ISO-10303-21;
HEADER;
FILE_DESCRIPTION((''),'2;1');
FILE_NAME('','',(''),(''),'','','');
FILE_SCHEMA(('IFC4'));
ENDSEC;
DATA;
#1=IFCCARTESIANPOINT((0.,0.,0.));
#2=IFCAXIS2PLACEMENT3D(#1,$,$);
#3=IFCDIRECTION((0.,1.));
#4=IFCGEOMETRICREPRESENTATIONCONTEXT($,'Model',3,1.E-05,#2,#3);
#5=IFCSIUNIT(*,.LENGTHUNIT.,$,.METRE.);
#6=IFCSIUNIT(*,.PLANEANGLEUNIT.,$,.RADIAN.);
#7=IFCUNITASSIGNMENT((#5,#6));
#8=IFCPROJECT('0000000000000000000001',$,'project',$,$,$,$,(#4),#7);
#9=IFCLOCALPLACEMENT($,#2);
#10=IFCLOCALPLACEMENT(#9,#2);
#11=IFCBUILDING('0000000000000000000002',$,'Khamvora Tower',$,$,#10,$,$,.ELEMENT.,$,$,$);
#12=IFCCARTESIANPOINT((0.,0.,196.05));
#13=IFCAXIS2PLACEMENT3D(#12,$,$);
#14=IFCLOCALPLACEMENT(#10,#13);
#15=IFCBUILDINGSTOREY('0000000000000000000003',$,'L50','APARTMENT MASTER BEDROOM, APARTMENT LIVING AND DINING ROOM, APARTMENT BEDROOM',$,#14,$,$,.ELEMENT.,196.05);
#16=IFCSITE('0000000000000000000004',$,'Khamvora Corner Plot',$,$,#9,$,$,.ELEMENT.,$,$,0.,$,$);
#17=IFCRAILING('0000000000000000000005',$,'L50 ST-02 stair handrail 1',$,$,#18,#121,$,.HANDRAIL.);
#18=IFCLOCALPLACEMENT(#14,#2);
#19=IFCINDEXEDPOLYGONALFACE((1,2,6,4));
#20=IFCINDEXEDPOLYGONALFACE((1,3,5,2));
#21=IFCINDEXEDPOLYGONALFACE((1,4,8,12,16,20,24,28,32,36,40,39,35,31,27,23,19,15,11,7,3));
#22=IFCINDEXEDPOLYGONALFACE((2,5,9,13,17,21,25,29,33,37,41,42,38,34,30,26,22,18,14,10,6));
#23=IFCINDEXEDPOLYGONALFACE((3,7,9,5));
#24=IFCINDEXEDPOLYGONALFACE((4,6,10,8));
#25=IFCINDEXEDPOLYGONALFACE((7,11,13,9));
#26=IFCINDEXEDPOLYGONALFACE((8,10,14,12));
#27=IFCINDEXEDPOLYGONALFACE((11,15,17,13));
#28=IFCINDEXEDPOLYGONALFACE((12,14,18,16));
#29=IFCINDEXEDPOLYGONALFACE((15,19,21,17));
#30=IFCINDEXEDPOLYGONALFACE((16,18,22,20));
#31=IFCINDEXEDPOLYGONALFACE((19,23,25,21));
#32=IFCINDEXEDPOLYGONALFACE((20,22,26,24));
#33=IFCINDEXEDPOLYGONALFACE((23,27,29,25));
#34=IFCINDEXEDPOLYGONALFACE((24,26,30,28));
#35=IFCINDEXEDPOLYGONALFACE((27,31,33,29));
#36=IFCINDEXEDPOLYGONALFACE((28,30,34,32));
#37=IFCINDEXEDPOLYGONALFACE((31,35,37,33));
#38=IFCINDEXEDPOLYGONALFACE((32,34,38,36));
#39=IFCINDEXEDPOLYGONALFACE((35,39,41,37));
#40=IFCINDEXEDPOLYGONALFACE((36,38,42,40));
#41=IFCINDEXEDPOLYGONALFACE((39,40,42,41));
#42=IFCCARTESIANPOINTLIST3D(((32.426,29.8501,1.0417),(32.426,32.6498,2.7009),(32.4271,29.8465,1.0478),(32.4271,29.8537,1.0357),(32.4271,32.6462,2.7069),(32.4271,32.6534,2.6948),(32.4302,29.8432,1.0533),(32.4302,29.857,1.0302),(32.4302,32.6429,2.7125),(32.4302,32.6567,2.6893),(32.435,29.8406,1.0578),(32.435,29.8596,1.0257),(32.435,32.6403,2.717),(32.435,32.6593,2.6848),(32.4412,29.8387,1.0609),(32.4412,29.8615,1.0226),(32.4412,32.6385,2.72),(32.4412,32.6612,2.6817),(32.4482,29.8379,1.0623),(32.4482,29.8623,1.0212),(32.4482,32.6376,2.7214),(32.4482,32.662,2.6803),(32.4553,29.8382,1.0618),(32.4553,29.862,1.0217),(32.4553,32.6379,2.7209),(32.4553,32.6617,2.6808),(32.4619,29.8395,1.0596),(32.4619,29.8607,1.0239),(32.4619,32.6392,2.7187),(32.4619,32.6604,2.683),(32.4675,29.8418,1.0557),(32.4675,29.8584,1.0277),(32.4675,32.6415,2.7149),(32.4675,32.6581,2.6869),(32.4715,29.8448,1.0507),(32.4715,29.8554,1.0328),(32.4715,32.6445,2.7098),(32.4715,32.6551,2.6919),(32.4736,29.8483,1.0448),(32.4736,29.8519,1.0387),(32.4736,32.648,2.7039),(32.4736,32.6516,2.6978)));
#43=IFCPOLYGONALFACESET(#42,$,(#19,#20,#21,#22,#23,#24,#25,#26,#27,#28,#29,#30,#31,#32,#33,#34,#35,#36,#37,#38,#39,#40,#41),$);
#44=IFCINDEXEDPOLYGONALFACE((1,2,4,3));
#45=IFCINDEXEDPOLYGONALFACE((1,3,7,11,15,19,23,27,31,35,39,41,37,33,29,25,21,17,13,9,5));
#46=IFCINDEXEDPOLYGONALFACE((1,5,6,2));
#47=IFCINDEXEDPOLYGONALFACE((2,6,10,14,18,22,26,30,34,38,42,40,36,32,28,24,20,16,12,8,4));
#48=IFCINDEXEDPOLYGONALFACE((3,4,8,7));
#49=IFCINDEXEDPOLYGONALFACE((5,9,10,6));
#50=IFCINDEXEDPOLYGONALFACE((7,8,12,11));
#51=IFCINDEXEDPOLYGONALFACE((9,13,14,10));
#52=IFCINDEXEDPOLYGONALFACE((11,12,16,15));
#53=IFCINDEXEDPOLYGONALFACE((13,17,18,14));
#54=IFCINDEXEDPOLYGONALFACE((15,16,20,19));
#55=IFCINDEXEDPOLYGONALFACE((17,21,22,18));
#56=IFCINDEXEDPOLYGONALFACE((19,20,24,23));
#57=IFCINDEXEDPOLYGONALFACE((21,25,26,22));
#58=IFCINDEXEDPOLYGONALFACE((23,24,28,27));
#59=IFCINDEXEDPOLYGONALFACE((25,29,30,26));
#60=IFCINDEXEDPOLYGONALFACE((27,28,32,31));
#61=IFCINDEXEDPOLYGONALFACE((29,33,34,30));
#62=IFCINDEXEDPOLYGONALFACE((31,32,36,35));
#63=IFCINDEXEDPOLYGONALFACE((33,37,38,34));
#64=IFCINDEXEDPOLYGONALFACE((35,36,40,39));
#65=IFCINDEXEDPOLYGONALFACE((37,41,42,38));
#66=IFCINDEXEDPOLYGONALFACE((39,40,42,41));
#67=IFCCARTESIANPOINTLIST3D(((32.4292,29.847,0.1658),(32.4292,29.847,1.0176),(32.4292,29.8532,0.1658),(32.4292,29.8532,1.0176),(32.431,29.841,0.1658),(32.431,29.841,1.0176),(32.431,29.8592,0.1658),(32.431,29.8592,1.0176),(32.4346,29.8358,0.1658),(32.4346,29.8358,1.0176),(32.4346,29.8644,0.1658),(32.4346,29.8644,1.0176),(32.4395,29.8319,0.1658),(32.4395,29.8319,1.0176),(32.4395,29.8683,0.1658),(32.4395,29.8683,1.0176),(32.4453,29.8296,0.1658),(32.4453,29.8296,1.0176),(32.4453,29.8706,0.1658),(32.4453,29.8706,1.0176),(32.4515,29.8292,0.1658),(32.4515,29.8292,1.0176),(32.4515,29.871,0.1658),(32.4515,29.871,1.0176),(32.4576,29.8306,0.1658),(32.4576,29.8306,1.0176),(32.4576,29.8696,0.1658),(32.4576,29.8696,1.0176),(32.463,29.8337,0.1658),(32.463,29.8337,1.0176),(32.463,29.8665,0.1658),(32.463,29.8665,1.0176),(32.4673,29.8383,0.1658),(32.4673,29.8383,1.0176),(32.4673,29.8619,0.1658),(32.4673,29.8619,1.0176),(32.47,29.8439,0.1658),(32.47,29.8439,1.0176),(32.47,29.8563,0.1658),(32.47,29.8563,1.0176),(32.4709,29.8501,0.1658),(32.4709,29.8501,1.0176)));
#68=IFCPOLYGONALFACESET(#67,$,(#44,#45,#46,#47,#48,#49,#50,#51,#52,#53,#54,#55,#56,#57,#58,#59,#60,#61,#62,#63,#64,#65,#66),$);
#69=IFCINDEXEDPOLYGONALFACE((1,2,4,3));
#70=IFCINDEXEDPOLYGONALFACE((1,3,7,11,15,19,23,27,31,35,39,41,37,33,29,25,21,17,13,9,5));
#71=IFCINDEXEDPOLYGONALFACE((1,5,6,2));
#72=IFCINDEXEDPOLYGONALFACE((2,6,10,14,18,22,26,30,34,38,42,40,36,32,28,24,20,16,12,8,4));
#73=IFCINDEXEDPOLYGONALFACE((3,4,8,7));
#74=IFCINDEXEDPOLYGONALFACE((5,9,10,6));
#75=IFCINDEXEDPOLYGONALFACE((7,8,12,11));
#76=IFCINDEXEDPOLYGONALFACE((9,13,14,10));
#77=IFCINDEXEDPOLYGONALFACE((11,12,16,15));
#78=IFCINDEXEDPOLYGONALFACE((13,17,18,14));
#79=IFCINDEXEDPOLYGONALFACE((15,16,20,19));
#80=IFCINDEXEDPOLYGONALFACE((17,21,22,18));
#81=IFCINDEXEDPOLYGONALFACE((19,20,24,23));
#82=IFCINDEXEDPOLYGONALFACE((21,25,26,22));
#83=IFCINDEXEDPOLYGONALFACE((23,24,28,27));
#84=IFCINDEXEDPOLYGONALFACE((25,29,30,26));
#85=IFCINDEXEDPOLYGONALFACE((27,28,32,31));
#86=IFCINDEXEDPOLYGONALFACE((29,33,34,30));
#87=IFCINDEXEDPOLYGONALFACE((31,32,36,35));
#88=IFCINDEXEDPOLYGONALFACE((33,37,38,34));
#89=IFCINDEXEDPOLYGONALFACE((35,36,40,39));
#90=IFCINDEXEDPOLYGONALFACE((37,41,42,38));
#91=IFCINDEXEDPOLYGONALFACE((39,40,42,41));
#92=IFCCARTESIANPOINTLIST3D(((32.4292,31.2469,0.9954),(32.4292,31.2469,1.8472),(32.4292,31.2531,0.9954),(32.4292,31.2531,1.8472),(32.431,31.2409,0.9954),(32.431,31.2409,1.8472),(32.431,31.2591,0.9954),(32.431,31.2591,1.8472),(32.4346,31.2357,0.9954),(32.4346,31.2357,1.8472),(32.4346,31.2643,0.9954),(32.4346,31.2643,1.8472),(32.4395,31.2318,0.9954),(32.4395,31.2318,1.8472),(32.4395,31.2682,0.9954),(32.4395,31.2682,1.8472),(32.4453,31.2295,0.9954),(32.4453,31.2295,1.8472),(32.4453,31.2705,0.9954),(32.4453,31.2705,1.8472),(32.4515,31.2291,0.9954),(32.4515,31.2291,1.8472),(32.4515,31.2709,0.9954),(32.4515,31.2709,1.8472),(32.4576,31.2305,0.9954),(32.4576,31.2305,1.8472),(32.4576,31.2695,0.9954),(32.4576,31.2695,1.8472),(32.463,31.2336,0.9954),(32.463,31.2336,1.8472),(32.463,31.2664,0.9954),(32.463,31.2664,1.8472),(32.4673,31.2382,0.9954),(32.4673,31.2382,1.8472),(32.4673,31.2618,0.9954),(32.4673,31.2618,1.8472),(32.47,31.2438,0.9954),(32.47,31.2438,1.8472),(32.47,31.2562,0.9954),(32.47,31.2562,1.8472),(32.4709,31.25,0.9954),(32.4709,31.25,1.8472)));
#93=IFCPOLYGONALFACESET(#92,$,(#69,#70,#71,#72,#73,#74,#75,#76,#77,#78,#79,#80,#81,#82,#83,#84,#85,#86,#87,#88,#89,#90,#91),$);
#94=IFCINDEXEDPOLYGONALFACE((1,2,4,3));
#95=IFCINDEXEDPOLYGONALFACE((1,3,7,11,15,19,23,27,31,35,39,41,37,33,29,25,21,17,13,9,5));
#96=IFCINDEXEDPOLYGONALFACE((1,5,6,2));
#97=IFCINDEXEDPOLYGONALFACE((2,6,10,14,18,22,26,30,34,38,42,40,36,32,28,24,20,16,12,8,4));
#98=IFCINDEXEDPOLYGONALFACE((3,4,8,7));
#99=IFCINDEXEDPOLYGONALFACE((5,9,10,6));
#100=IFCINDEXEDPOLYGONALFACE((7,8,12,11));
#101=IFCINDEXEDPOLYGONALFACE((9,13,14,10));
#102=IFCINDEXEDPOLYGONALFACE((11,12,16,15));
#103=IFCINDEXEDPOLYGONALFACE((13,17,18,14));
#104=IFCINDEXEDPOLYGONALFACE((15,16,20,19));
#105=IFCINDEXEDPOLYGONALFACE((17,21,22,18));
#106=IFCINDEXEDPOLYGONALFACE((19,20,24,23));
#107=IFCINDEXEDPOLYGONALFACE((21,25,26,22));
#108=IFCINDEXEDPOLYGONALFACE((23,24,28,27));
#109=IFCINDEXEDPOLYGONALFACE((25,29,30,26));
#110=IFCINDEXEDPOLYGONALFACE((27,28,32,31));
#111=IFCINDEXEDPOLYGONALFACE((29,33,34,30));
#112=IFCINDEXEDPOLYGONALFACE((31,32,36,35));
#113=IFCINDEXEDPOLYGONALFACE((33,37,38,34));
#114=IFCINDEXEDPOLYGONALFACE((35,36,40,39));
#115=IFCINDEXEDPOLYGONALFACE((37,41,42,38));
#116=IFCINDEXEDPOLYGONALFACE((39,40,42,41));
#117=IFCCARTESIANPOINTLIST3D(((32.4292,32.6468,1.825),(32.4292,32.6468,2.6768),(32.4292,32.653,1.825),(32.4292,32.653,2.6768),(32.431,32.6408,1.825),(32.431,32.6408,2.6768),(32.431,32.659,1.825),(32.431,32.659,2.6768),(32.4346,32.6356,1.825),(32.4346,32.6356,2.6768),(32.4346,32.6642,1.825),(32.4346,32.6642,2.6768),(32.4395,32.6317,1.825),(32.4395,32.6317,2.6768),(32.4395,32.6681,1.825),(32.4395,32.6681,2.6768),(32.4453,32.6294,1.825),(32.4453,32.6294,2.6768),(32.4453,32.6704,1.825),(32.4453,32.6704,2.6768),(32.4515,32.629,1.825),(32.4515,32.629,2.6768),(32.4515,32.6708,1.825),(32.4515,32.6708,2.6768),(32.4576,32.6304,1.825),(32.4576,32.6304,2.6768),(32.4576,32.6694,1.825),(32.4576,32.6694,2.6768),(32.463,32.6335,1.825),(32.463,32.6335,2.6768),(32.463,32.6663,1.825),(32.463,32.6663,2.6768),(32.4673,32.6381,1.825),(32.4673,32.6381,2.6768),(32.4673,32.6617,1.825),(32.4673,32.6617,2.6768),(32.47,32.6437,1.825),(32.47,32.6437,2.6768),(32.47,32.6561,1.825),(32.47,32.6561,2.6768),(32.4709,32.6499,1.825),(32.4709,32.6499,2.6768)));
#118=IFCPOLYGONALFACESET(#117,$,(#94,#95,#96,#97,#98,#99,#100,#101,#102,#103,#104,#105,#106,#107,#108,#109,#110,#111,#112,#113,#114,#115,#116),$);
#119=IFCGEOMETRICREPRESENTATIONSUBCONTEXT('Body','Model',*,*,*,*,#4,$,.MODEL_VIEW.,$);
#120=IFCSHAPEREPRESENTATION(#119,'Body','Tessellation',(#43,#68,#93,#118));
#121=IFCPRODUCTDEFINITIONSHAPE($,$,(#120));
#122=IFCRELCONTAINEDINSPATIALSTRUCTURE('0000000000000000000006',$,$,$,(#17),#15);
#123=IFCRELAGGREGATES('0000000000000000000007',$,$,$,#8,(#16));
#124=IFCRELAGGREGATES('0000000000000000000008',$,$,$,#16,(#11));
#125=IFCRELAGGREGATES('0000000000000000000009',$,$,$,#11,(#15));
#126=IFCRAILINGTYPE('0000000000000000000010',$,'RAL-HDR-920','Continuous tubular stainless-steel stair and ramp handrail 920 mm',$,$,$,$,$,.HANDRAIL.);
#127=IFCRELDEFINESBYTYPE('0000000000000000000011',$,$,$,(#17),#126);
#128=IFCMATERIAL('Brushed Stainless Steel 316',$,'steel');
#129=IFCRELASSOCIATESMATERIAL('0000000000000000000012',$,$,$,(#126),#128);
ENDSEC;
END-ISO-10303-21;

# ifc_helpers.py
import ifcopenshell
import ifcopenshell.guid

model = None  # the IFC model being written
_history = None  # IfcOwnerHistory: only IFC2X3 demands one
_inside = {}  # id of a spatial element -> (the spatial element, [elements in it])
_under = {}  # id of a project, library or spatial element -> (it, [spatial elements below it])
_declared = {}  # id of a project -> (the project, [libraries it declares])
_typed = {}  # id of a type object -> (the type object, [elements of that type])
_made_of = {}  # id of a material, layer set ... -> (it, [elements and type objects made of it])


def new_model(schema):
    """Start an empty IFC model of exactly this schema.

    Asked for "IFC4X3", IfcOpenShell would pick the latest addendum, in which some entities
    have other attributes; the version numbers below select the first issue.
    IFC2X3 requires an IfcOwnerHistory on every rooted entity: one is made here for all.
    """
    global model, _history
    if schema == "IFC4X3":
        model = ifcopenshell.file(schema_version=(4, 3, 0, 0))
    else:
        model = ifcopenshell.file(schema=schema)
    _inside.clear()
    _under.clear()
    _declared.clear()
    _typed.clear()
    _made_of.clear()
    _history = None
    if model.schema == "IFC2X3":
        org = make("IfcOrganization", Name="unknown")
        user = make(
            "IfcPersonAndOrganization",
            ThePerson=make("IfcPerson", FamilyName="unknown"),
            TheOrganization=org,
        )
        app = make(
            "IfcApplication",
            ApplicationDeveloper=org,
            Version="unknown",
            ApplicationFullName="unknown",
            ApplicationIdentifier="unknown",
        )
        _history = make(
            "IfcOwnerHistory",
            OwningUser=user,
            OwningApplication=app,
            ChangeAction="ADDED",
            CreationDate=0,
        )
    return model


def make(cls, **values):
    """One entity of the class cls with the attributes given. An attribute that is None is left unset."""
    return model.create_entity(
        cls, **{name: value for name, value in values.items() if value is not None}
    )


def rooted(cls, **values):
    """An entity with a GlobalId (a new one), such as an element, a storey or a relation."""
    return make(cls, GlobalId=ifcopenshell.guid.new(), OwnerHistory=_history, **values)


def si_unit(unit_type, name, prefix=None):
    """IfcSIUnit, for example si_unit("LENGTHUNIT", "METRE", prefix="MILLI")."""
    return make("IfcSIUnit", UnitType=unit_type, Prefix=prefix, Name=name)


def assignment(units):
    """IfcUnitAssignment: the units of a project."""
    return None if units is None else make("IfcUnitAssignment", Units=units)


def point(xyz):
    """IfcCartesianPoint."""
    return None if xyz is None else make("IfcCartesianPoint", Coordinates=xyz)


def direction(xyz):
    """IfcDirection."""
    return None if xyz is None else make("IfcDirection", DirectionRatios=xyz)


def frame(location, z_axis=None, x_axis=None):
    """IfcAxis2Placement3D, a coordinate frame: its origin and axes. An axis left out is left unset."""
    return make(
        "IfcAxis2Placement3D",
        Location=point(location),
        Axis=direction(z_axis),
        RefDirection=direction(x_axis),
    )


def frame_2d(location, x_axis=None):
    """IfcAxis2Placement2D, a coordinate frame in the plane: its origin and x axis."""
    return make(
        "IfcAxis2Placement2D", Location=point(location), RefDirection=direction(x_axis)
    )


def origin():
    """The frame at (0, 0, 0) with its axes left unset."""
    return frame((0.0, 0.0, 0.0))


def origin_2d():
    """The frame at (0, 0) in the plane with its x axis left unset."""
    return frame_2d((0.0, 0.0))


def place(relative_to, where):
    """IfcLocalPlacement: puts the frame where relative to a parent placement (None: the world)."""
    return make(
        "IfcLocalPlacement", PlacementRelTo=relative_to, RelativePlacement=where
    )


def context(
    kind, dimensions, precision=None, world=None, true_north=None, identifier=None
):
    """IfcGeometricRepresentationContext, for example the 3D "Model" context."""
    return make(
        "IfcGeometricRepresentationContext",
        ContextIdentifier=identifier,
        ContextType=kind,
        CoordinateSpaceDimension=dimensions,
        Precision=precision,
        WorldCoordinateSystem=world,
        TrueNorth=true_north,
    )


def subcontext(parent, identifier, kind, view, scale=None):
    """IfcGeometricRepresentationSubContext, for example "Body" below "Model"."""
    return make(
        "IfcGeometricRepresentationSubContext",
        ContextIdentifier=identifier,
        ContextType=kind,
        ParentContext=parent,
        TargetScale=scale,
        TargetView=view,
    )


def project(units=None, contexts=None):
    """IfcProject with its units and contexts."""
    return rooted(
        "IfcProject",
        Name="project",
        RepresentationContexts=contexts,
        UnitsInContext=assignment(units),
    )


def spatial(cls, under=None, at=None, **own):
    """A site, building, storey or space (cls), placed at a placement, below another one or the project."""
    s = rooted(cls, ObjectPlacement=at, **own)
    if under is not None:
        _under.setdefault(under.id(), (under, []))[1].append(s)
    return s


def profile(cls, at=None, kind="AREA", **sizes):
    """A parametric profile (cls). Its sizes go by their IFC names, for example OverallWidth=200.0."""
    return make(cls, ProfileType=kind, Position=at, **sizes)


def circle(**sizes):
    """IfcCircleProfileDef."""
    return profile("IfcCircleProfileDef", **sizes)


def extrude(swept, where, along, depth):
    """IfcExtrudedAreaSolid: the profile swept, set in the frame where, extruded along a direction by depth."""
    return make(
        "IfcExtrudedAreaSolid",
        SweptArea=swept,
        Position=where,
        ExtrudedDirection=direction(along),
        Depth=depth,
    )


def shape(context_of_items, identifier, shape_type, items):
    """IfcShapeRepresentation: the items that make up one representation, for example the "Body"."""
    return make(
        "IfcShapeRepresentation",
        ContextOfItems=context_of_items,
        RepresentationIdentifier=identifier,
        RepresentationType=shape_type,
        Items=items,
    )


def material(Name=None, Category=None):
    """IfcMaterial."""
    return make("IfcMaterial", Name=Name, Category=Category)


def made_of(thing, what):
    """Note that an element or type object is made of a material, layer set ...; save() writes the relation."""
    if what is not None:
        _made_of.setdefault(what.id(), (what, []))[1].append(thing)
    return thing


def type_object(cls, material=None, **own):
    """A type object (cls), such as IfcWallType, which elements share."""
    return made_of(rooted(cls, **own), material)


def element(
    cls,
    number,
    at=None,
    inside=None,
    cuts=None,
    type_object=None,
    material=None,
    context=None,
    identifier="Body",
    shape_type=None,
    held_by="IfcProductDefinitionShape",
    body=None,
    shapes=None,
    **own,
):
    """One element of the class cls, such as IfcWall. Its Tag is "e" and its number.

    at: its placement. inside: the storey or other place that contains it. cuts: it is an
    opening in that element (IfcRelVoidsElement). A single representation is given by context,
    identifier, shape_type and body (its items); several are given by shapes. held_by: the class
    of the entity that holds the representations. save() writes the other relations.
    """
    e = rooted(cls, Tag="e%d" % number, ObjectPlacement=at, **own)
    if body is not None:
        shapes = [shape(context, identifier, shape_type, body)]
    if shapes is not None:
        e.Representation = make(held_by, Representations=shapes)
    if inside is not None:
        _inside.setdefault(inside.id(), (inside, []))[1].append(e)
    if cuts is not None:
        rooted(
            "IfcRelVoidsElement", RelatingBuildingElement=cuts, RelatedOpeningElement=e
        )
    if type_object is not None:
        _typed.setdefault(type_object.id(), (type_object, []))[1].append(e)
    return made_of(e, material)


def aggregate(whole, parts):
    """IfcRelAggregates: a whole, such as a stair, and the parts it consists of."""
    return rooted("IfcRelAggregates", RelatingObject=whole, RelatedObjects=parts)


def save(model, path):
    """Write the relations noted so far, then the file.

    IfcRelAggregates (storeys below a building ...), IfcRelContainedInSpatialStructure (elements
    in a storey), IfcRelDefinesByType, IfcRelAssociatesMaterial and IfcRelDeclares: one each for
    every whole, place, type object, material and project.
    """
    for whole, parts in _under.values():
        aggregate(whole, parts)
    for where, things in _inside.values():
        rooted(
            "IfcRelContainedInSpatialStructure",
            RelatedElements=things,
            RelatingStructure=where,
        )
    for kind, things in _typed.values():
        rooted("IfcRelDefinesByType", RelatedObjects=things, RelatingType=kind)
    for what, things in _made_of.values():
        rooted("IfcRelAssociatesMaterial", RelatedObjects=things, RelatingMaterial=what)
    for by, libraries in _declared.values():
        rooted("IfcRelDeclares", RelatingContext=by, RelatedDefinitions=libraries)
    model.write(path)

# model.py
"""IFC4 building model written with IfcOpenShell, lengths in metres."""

from ifc_helpers import new_model, si_unit, direction, frame, origin, origin_2d, place, context, subcontext, project, spatial, circle, extrude, material, type_object, element, save


model = new_model("IFC4")

# Units and contexts
model_context = context("Model", 3, precision=1e-05, world=origin(), true_north=direction((0.0, 1.0)))
body_context = subcontext(model_context, "Body", "Model", "MODEL_VIEW")
ifc_project = project(units=[si_unit("LENGTHUNIT", "METRE"), si_unit("PLANEANGLEUNIT", "RADIAN")], contexts=[model_context])

# Site, building, storey
site_placement = place(None, origin())
site = spatial("IfcSite", under=ifc_project, at=site_placement, Name="Khamvora Corner Plot", CompositionType="ELEMENT", RefElevation=0.0)
building_placement = place(site_placement, origin())
building = spatial("IfcBuilding", under=site, at=building_placement, Name="Khamvora Tower", CompositionType="ELEMENT")
storey_placement = place(building_placement, frame((0.0, 0.0, 196.05)))
storey = spatial("IfcBuildingStorey", under=building, at=storey_placement, Name="L50", Description="APARTMENT MASTER BEDROOM, APARTMENT LIVING AND DINING ROOM, APARTMENT BEDROOM", CompositionType="ELEMENT", Elevation=196.05)

# Railing
ifc_material_1 = material(Name="Brushed Stainless Steel 316", Category="steel")
railing_type_1 = type_object("IfcRailingType", Name="RAL-HDR-920", Description="Continuous tubular stainless-steel stair and ramp handrail 920 mm", PredefinedType="HANDRAIL", material=ifc_material_1)
railing_1_placement = place(storey_placement, frame((32.45, 29.8501, 0.1658)))
element("IfcRailing", 1, at=railing_1_placement, inside=storey, type_object=railing_type_1, Name="L50 ST-02 stair handrail 1", PredefinedType="HANDRAIL", context=body_context, shape_type="SweptSolid", body=[
    extrude(circle(Radius=0.0239, at=origin_2d()), frame((0.0, 0.0, 0.876), z_axis=(0.0, 0.860287, 0.509811), x_axis=(-1.0, 0.0, 0.0)), (0.0, 0.0, 1.0), 3.2544),
    extrude(circle(Radius=0.021, at=origin_2d()), origin(), (0.0, 0.0, 1.0), 0.8518),
    extrude(circle(Radius=0.021, at=origin_2d()), frame((0.0, 1.3999, 0.8296)), (0.0, 0.0, 1.0), 0.8518),
    extrude(circle(Radius=0.021, at=origin_2d()), frame((0.0, 2.7998, 1.6592)), (0.0, 0.0, 1.0), 0.8518),
])

save(model, "model.ifc")
